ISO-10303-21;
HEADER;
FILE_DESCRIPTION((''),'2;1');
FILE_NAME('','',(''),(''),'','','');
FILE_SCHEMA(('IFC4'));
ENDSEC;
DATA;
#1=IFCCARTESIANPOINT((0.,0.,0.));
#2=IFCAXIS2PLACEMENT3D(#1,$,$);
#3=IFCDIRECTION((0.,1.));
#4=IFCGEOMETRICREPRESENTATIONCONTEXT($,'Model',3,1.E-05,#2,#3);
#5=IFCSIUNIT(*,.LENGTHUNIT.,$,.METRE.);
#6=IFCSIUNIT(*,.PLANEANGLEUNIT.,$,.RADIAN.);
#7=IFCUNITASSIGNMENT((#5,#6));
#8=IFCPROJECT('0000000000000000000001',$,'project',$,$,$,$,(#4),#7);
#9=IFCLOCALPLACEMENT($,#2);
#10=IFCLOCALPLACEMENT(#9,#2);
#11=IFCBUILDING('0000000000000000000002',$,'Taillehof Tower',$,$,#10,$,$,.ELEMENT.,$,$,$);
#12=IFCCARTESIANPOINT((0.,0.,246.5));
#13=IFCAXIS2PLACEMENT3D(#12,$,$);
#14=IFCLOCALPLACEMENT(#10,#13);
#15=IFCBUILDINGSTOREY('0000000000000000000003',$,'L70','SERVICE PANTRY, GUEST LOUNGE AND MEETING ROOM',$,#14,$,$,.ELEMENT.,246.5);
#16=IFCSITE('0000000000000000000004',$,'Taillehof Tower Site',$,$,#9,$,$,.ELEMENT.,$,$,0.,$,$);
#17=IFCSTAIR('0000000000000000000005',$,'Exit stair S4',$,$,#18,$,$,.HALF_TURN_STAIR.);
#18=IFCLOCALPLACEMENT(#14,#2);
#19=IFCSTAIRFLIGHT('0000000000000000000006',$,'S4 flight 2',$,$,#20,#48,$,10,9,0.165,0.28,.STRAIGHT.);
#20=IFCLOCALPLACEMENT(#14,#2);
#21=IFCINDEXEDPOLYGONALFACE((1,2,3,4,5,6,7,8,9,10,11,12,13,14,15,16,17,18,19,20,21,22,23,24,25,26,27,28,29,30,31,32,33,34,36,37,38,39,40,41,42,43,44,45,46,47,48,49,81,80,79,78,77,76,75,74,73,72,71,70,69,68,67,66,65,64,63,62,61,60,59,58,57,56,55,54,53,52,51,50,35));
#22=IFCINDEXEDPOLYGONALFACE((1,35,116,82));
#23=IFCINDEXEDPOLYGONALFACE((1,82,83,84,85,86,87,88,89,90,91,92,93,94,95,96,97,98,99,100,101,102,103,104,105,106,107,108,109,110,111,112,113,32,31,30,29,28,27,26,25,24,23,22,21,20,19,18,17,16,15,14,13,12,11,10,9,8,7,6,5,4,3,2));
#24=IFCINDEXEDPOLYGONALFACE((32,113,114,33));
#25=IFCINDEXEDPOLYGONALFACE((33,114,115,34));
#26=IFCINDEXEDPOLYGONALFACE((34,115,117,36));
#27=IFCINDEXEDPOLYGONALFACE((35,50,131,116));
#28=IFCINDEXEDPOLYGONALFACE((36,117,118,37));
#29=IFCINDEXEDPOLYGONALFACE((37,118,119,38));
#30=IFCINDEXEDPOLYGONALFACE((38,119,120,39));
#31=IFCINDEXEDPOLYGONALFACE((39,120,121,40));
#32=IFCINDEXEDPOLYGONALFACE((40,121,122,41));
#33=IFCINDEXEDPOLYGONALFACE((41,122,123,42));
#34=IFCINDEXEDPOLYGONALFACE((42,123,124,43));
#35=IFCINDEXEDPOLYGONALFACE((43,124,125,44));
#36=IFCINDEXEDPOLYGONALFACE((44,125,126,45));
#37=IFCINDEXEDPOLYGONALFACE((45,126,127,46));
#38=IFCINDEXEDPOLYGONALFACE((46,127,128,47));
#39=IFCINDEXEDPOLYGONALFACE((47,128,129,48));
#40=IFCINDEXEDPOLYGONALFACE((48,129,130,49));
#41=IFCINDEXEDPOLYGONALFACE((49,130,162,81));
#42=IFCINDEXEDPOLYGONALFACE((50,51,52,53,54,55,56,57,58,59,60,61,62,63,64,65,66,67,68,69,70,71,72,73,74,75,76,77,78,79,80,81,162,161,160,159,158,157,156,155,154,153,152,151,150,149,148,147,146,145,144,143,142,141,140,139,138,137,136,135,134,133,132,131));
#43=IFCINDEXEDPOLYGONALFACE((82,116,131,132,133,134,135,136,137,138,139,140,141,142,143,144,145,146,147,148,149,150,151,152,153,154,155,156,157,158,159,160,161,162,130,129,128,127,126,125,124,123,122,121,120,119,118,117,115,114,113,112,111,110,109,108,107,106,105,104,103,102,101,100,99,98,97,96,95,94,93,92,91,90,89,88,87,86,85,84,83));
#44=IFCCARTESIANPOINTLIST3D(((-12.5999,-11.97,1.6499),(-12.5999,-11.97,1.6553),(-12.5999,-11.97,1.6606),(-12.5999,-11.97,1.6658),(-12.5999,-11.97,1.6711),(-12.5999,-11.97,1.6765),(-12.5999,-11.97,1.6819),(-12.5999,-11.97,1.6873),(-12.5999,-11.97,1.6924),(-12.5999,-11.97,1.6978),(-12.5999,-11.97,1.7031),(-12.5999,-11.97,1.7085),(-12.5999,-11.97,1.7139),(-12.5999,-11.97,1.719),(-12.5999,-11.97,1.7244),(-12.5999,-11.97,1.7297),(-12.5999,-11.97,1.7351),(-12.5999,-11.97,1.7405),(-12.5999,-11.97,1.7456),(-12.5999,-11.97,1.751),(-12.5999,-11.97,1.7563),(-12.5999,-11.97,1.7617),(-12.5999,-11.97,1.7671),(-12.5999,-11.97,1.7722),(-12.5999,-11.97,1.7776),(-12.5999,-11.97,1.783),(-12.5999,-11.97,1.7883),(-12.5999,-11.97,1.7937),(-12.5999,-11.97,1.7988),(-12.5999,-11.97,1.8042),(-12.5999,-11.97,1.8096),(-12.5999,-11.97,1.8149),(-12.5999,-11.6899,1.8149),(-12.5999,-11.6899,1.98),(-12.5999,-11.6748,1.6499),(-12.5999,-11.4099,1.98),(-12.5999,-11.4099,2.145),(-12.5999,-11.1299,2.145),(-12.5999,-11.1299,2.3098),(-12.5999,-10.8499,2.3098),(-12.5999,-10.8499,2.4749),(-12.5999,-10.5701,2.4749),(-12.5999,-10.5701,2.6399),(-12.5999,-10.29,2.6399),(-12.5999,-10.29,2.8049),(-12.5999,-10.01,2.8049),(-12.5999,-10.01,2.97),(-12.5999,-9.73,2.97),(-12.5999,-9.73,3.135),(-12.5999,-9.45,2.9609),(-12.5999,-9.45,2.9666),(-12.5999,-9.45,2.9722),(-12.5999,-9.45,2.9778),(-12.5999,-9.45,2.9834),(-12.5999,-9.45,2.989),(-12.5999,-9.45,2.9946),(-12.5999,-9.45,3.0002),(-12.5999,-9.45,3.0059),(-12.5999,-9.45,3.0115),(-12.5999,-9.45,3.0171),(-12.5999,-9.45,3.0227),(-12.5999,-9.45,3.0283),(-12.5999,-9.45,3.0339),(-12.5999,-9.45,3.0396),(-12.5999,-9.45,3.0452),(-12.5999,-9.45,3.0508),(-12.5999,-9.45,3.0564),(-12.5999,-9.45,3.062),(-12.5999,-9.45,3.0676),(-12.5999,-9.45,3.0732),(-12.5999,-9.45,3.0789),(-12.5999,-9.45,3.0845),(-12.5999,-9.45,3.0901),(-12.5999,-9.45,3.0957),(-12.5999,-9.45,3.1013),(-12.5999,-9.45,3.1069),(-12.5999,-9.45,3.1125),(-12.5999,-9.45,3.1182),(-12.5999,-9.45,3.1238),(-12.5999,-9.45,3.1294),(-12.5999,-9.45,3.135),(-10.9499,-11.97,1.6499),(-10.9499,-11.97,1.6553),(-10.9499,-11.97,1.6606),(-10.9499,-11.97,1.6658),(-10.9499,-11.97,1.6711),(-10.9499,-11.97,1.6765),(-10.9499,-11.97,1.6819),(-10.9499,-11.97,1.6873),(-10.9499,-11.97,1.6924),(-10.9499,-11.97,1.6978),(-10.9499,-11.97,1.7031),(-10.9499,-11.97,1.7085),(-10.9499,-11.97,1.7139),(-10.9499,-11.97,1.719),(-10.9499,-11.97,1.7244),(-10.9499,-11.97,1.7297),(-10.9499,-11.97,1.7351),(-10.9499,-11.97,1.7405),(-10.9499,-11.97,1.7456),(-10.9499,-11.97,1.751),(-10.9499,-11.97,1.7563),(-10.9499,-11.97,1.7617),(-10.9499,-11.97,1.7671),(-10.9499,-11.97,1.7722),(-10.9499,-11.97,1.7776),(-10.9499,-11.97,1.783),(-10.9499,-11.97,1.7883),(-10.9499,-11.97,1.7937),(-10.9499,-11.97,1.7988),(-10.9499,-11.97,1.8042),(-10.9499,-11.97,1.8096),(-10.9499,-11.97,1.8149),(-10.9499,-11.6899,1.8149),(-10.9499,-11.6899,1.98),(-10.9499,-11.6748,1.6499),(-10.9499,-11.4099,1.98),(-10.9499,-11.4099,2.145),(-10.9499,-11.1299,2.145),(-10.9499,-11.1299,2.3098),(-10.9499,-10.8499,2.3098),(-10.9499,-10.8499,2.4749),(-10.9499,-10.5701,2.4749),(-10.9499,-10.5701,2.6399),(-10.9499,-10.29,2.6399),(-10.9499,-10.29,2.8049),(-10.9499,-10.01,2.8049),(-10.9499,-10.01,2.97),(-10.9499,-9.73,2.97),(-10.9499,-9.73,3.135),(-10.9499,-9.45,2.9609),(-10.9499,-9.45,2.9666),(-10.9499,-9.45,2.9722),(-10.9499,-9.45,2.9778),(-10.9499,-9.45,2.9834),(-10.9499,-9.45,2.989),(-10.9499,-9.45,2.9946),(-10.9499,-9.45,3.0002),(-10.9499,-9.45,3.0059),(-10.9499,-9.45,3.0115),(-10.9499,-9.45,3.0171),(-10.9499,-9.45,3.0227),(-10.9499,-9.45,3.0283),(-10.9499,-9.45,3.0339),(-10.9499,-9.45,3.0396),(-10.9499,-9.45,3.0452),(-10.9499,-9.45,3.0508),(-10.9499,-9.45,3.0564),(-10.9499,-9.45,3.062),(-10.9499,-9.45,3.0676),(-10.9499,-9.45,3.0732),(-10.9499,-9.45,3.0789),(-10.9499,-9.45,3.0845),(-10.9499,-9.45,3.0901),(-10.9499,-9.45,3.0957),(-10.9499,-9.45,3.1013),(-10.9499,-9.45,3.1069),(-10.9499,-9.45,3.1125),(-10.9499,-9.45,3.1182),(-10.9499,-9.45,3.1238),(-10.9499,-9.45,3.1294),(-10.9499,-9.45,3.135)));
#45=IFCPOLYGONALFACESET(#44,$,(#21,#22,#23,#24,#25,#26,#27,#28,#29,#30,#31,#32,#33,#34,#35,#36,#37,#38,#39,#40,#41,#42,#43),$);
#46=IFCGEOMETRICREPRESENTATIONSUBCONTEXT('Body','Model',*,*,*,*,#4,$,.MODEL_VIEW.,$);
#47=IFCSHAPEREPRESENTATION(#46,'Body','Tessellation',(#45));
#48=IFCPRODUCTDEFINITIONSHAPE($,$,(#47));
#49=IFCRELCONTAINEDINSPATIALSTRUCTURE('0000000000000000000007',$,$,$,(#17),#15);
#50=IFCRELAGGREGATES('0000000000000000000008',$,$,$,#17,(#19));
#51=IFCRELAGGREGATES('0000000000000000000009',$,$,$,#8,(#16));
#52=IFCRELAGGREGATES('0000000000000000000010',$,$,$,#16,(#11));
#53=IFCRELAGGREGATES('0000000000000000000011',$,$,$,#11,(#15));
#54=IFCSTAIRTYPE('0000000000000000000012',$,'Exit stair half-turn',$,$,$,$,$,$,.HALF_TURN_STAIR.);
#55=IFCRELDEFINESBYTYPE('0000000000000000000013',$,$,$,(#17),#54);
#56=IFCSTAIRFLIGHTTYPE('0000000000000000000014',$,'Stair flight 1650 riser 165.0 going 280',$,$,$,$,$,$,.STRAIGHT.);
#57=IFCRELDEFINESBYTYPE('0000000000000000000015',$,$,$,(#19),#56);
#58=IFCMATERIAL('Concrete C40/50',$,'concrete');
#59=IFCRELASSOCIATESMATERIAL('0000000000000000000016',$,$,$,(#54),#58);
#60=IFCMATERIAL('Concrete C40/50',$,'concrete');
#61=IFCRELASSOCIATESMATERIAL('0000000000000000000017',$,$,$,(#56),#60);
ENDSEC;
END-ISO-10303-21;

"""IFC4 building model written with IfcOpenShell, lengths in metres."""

from ifc_helpers import new_model, si_unit, direction, frame, origin, place, context, subcontext, project, spatial, polyline, outline, extrude, material, type_object, element, aggregate, save


model = new_model("IFC4")

# Units and contexts
model_context = context("Model", 3, precision=1e-05, world=origin(), true_north=direction((0.0, 1.0)))
body_context = subcontext(model_context, "Body", "Model", "MODEL_VIEW")
ifc_project = project(units=[si_unit("LENGTHUNIT", "METRE"), si_unit("PLANEANGLEUNIT", "RADIAN")], contexts=[model_context])

# Site, building, storey
site_placement = place(None, origin())
site = spatial("IfcSite", under=ifc_project, at=site_placement, Name="Taillehof Tower Site", CompositionType="ELEMENT", RefElevation=0.0)
building_placement = place(site_placement, origin())
building = spatial("IfcBuilding", under=site, at=building_placement, Name="Taillehof Tower", CompositionType="ELEMENT")
storey_placement = place(building_placement, frame((0.0, 0.0, 246.5)))
storey = spatial("IfcBuildingStorey", under=building, at=storey_placement, Name="L70", Description="SERVICE PANTRY, GUEST LOUNGE AND MEETING ROOM", CompositionType="ELEMENT", Elevation=246.5)

# Stair, stair flight
ifc_material_1 = material(Name="Concrete C40/50", Category="concrete")
stair_type = type_object("IfcStairType", Name="Exit stair half-turn", PredefinedType="HALF_TURN_STAIR", material=ifc_material_1)
stair_placement = place(storey_placement, origin())
stair = element("IfcStair", 1, at=stair_placement, inside=storey, type_object=stair_type, Name="Exit stair S4", PredefinedType="HALF_TURN_STAIR")
ifc_material_2 = material(Name="Concrete C40/50", Category="concrete")
stair_flight_type = type_object("IfcStairFlightType", Name="Stair flight 1650 riser 165.0 going 280", PredefinedType="STRAIGHT", material=ifc_material_2)
stair_flight_placement = place(storey_placement, frame((-11.7749, -11.97, 1.6499), z_axis=(0.0, 0.0, 1.0), x_axis=(0.0, 1.0, 0.0)))
stair_flight = element("IfcStairFlight", 2, at=stair_flight_placement, type_object=stair_flight_type, Name="S4 flight 2", NumberOfRisers=10, NumberOfTreads=9, PredefinedType="STRAIGHT", RiserHeight=0.165, TreadLength=0.28, context=body_context, shape_type="SweptSolid", body=[
    extrude(outline(polyline([(0.0, 0.0), (0.0, 0.0054), (0.0, 0.0107), (0.0, 0.0159), (0.0, 0.0212), (0.0, 0.0266), (0.0, 0.032), (0.0, 0.0374), (0.0, 0.0425), (0.0, 0.0479), (0.0, 0.0532), (0.0, 0.0586), (0.0, 0.064), (0.0, 0.0691), (0.0, 0.0745), (0.0, 0.0798), (0.0, 0.0852), (0.0, 0.0906), (0.0, 0.0957), (0.0, 0.1011), (0.0, 0.1064), (0.0, 0.1118), (0.0, 0.1172), (0.0, 0.1223), (0.0, 0.1277), (0.0, 0.1331), (0.0, 0.1384), (0.0, 0.1438), (0.0, 0.1489), (0.0, 0.1543), (0.0, 0.1597), (0.0, 0.165), (0.28, 0.165), (0.28, 0.3301), (0.5601, 0.3301), (0.5601, 0.4951), (0.8401, 0.4951), (0.8401, 0.6599), (1.1201, 0.6599), (1.1201, 0.825), (1.3999, 0.825), (1.3999, 0.99), (1.6799, 0.99), (1.6799, 1.155), (1.96, 1.155), (1.96, 1.3201), (2.24, 1.3201), (2.24, 1.4851), (2.52, 1.4851), (2.52, 1.4795), (2.52, 1.4739), (2.52, 1.4683), (2.52, 1.4626), (2.52, 1.457), (2.52, 1.4514), (2.52, 1.4458), (2.52, 1.4402), (2.52, 1.4346), (2.52, 1.429), (2.52, 1.4233), (2.52, 1.4177), (2.52, 1.4121), (2.52, 1.4065), (2.52, 1.4009), (2.52, 1.3953), (2.52, 1.3896), (2.52, 1.384), (2.52, 1.3784), (2.52, 1.3728), (2.52, 1.3672), (2.52, 1.3616), (2.52, 1.356), (2.52, 1.3503), (2.52, 1.3447), (2.52, 1.3391), (2.52, 1.3335), (2.52, 1.3279), (2.52, 1.3223), (2.52, 1.3167), (2.52, 1.311), (0.2952, 0.0), (0.0, 0.0)])), frame((0.0, 0.825, 0.0), z_axis=(0.0, -1.0, 0.0), x_axis=(1.0, 0.0, 0.0)), (0.0, 0.0, 1.0), 1.65),
])
aggregate(stair, [stair_flight])

save(model, "model.ifc")
